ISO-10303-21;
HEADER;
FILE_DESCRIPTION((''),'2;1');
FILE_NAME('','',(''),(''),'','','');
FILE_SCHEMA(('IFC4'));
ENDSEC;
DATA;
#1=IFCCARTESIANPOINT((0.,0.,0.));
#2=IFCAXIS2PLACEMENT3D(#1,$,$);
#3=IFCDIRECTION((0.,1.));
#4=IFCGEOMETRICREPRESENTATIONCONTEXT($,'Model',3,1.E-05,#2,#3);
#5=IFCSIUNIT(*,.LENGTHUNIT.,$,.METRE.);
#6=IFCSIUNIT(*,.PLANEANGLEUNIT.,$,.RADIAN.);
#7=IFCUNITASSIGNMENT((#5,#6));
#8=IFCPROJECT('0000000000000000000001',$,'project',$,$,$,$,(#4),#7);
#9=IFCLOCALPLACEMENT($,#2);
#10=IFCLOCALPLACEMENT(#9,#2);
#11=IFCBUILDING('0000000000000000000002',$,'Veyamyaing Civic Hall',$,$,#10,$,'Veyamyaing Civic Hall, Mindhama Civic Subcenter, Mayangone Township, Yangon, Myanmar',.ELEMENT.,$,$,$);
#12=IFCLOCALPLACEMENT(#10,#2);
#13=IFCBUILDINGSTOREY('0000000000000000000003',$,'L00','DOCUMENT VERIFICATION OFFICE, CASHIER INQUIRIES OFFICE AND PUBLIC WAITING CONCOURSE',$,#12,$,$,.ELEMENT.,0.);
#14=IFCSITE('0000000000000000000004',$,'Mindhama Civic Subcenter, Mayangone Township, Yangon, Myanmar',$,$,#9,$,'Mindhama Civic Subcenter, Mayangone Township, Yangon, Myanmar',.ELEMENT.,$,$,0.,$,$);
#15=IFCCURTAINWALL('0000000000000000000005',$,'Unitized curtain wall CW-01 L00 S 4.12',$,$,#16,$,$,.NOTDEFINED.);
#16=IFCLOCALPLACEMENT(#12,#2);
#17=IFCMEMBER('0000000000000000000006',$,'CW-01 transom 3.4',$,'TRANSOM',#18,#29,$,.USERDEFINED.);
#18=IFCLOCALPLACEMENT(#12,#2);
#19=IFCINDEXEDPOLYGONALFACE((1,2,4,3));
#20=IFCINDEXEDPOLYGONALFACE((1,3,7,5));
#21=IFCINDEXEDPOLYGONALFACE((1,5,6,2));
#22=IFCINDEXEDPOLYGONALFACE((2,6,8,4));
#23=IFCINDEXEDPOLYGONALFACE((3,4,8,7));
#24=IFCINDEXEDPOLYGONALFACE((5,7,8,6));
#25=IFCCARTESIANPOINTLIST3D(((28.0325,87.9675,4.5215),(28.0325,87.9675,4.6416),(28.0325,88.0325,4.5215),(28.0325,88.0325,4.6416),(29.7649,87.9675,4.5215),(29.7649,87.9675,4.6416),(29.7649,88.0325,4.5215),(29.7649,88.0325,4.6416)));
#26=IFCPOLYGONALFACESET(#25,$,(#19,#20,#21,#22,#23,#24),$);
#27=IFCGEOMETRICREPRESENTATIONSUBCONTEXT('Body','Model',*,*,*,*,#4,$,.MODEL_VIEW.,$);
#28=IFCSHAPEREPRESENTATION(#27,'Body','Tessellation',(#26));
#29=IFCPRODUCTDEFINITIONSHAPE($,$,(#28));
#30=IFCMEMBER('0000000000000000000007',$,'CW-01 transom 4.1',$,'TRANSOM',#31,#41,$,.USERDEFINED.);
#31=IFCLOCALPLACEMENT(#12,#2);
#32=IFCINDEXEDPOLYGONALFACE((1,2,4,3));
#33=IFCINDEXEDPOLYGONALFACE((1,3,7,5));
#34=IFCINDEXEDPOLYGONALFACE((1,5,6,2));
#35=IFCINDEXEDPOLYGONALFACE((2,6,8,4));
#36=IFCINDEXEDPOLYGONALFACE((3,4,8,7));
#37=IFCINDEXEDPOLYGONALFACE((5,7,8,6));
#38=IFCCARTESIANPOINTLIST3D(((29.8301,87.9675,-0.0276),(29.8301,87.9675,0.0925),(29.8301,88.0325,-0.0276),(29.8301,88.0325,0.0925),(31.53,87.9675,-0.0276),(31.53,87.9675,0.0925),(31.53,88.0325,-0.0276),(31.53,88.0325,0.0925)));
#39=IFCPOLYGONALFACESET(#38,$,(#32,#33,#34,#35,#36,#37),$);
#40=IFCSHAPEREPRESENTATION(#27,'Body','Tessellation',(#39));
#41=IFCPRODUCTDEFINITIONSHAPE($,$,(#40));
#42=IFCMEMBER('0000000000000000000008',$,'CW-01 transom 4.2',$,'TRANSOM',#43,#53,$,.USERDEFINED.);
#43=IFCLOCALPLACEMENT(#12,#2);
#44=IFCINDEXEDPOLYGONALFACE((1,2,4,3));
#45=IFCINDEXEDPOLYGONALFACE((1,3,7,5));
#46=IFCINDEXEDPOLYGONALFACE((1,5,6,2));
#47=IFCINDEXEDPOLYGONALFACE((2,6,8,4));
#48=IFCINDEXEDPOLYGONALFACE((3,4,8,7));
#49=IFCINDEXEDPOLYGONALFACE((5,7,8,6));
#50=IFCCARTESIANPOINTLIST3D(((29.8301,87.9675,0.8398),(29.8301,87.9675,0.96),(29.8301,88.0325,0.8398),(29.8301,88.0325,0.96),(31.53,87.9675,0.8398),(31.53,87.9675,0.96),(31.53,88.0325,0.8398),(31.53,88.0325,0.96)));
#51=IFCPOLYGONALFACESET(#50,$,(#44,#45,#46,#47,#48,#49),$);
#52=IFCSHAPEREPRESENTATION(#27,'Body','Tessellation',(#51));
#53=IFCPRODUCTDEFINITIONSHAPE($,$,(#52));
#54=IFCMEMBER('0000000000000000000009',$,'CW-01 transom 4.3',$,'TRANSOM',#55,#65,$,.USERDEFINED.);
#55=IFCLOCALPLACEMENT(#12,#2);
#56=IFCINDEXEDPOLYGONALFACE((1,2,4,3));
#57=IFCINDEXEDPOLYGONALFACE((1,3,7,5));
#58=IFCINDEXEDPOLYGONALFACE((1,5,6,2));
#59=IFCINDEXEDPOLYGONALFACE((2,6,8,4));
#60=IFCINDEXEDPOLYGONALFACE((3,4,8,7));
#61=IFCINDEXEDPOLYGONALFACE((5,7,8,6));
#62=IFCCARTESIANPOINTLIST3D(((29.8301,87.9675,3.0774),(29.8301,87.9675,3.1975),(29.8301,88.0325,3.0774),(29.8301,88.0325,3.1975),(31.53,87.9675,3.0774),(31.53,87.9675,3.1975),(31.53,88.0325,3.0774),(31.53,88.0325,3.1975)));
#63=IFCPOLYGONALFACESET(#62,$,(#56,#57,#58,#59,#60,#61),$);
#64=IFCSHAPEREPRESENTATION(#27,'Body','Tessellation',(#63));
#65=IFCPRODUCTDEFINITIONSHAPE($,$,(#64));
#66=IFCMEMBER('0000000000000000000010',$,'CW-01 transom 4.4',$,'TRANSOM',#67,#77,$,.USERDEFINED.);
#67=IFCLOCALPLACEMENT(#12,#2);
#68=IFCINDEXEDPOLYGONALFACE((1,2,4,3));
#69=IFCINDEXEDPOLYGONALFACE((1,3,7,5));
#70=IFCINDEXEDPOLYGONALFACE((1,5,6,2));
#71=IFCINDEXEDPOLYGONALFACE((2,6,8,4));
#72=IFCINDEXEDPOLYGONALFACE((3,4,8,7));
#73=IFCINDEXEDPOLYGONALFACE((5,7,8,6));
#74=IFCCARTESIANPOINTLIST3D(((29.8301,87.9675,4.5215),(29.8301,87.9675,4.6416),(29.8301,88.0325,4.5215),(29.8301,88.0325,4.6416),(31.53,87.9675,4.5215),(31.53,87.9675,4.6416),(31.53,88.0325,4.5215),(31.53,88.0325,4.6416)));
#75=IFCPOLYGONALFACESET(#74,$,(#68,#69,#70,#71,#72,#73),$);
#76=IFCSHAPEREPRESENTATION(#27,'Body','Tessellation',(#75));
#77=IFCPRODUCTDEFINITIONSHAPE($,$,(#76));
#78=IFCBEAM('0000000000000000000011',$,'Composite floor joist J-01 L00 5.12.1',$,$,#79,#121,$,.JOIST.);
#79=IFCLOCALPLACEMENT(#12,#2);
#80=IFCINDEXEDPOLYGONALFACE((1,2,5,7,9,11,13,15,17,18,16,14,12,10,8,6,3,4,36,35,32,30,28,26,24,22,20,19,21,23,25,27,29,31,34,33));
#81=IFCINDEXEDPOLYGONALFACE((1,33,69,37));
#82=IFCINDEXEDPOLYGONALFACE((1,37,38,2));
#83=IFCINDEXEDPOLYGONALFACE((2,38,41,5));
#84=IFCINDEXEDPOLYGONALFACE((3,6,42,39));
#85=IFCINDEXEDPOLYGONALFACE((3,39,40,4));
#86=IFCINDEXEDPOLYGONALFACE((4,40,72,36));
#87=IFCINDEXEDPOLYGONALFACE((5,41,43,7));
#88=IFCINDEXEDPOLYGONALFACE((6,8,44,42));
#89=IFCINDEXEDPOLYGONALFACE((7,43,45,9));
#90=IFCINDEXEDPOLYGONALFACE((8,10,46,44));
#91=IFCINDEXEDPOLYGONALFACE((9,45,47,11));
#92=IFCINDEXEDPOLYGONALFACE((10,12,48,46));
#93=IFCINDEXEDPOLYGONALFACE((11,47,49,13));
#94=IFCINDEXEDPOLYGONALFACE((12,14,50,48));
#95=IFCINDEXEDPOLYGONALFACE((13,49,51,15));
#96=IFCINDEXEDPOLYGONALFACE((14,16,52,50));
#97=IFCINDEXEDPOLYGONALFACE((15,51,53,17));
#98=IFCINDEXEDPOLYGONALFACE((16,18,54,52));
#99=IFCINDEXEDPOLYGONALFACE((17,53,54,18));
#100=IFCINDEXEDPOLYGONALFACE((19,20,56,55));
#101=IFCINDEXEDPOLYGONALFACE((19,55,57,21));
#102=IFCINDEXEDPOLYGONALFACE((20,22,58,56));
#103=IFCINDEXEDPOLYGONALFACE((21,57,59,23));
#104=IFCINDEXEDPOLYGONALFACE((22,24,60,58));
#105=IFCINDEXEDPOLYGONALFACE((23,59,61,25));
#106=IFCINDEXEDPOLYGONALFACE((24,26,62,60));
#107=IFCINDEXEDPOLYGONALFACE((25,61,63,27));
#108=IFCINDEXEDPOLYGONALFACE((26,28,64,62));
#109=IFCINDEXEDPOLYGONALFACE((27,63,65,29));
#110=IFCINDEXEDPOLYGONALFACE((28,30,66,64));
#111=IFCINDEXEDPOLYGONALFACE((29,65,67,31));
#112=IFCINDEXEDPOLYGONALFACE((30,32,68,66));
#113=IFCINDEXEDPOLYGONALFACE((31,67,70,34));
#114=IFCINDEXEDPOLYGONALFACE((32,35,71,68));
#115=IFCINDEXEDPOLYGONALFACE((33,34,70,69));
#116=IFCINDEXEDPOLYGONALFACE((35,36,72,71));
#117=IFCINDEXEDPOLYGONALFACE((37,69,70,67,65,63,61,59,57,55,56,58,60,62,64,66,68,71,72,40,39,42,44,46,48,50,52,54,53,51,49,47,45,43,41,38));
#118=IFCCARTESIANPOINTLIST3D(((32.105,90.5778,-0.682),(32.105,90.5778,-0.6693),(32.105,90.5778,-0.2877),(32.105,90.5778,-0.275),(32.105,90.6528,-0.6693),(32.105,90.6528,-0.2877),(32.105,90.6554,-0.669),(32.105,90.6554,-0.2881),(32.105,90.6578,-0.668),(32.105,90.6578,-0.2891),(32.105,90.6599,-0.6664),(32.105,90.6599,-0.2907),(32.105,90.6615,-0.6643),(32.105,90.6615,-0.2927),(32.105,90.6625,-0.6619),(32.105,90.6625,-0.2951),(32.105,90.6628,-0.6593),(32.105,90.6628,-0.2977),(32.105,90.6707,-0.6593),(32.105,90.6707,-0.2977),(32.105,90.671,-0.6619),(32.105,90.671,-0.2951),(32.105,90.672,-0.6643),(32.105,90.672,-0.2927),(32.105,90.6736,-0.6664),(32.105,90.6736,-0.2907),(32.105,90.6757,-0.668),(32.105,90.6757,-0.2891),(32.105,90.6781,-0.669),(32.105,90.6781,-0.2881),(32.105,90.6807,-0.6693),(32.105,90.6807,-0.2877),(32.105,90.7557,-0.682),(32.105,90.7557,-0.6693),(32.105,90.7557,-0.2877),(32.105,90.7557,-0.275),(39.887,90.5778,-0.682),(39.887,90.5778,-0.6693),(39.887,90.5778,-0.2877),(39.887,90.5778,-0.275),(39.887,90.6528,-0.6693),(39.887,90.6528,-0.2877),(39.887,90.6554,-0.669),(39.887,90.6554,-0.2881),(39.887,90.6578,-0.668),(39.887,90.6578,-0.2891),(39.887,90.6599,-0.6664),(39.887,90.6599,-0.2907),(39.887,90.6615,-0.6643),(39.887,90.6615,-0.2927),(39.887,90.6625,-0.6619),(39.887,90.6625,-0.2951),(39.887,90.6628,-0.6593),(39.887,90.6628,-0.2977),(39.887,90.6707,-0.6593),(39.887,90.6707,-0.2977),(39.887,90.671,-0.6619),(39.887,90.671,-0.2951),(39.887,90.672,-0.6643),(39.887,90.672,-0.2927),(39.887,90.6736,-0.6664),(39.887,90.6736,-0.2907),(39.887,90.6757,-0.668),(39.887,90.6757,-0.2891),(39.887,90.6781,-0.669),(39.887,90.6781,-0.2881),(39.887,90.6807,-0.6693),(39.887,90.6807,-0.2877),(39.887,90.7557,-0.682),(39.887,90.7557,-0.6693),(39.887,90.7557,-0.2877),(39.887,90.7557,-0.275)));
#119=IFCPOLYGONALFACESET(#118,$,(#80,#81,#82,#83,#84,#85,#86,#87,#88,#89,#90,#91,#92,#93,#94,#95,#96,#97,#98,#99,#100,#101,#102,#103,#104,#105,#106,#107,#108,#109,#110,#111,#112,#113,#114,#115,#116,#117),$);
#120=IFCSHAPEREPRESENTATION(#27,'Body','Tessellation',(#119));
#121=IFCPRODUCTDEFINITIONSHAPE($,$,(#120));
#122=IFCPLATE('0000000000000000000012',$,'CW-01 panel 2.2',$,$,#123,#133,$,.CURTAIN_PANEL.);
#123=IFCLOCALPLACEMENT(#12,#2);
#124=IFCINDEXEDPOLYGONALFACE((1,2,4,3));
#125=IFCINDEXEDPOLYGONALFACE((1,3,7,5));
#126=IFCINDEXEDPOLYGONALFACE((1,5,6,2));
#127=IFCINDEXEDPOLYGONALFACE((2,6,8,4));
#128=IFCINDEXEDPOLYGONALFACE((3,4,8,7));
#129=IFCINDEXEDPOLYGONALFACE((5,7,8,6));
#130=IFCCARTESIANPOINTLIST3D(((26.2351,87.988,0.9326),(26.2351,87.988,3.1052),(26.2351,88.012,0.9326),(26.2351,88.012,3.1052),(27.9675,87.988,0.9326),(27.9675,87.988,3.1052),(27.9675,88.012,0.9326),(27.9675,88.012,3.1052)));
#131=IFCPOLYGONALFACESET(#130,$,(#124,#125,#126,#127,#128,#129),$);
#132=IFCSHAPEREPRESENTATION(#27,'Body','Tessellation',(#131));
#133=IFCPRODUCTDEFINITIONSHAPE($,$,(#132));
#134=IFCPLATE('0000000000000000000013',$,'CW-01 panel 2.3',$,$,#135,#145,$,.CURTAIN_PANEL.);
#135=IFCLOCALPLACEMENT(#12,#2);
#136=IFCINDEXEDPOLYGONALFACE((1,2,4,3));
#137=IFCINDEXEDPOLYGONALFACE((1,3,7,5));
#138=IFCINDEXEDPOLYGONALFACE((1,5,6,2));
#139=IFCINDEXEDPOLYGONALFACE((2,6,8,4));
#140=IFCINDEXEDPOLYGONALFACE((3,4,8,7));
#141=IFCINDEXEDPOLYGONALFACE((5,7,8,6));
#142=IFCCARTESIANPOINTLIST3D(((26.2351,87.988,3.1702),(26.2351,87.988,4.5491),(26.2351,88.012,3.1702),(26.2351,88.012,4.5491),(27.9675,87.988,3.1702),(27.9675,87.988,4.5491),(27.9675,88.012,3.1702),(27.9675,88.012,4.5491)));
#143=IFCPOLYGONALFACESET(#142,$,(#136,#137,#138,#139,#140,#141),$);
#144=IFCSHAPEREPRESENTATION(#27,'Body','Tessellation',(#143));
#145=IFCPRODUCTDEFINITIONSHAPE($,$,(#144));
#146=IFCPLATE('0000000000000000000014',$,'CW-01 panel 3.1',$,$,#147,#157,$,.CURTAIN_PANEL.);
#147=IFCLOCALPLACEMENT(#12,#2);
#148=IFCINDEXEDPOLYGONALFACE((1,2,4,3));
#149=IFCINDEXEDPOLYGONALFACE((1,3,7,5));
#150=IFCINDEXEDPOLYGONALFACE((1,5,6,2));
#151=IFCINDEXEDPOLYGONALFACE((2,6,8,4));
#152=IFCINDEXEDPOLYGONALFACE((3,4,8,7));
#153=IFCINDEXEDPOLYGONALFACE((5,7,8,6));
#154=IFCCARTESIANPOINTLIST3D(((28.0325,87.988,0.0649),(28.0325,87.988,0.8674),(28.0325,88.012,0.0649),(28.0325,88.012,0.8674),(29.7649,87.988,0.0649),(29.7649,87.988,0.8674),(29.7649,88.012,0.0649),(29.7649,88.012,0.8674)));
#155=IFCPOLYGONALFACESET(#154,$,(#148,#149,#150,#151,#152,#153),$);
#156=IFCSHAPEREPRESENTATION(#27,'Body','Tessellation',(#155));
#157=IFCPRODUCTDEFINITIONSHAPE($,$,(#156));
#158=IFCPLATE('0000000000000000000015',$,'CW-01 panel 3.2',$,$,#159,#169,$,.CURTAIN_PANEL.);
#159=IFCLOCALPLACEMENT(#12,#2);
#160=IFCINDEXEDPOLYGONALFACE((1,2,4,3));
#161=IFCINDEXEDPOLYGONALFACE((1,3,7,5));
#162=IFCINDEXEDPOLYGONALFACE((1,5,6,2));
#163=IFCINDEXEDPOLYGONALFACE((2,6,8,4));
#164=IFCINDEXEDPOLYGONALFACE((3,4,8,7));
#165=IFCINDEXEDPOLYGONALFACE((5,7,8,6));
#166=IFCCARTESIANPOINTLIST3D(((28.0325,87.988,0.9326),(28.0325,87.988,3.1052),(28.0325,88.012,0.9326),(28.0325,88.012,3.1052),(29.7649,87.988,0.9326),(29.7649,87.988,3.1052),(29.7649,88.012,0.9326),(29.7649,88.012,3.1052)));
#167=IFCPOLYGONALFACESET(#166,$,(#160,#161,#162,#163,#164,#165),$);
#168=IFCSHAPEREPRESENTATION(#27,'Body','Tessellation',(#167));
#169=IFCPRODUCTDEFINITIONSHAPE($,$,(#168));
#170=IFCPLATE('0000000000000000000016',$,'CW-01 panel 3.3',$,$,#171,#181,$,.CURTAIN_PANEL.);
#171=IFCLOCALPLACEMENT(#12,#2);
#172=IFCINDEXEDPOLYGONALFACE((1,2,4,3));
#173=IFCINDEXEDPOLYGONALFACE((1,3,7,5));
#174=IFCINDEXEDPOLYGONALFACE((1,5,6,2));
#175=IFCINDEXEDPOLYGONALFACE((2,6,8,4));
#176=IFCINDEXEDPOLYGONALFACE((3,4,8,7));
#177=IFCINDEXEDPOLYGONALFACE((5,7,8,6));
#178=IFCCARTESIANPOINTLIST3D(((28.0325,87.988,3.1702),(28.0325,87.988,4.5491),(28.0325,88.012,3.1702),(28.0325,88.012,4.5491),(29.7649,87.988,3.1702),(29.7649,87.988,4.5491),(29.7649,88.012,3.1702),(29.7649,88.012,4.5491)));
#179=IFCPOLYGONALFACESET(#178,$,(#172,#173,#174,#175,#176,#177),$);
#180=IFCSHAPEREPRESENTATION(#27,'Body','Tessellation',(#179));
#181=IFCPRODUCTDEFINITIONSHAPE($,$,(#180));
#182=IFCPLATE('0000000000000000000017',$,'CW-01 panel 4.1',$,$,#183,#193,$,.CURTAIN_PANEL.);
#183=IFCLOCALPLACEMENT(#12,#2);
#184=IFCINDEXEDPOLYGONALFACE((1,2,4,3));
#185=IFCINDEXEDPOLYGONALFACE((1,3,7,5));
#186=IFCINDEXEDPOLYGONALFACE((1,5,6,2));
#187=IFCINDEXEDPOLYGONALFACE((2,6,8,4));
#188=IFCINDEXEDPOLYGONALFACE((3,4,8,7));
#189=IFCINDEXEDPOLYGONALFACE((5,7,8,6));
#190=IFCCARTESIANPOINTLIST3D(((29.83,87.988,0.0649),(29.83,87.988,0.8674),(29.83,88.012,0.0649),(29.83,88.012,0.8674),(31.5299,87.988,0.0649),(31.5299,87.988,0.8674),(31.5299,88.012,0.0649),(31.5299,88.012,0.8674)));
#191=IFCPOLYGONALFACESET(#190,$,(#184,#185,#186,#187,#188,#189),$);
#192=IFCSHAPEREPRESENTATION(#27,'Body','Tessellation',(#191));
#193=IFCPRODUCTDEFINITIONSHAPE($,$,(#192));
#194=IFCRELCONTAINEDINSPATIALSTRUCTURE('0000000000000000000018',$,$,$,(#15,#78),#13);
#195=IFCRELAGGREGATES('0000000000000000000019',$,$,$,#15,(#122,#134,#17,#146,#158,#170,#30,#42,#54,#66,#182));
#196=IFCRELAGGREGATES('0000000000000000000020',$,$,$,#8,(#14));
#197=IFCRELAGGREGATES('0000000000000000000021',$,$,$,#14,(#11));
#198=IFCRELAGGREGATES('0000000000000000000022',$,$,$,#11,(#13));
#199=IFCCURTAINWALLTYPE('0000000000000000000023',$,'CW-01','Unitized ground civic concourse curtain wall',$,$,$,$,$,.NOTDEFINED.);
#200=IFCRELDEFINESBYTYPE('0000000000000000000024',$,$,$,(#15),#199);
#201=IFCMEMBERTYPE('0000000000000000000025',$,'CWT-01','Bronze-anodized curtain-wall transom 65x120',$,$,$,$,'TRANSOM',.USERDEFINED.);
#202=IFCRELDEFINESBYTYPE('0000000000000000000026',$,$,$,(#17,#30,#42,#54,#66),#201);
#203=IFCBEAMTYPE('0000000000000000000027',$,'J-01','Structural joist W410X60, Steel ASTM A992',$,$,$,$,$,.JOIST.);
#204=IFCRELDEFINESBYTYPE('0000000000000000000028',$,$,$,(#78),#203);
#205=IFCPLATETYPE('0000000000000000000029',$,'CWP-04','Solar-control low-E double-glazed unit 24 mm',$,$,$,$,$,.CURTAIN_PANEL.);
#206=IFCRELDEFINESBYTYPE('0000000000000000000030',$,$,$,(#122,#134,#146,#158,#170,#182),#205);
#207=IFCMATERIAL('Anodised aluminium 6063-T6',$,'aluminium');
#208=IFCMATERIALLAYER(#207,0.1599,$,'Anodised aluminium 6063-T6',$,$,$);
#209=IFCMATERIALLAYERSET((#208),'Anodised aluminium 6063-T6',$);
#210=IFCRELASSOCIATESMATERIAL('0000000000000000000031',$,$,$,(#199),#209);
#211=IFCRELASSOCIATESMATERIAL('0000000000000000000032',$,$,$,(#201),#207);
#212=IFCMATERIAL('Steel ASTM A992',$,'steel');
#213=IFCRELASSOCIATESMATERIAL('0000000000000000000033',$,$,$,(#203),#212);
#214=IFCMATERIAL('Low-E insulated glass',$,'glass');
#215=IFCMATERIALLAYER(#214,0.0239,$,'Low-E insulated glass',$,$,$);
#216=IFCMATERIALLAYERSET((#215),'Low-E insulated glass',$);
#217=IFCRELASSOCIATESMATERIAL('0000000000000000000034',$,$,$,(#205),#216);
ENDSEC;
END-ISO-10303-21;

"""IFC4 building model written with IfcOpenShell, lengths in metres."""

from ifc_helpers import new_model, si_unit, direction, frame, origin, origin_2d, place, context, subcontext, project, spatial, rectangle, i_section, extrude, material, layer, layer_set, material_profile, profile_set, type_object, element, aggregate, save


model = new_model("IFC4")

# Units and contexts
model_context = context("Model", 3, precision=1e-05, world=origin(), true_north=direction((0.0, 1.0)))
body_context = subcontext(model_context, "Body", "Model", "MODEL_VIEW")
ifc_project = project(units=[si_unit("LENGTHUNIT", "METRE"), si_unit("PLANEANGLEUNIT", "RADIAN")], contexts=[model_context])

# Site, building, storey
site_placement = place(None, origin())
site = spatial("IfcSite", under=ifc_project, at=site_placement, Name="Mindhama Civic Subcenter, Mayangone Township, Yangon, Myanmar", LongName="Mindhama Civic Subcenter, Mayangone Township, Yangon, Myanmar", CompositionType="ELEMENT", RefElevation=0.0)
building_placement = place(site_placement, origin())
building = spatial("IfcBuilding", under=site, at=building_placement, Name="Veyamyaing Civic Hall", LongName="Veyamyaing Civic Hall, Mindhama Civic Subcenter, Mayangone Township, Yangon, Myanmar", CompositionType="ELEMENT")
storey_placement = place(building_placement, origin())
storey = spatial("IfcBuildingStorey", under=building, at=storey_placement, Name="L00", Description="DOCUMENT VERIFICATION OFFICE, CASHIER INQUIRIES OFFICE AND PUBLIC WAITING CONCOURSE", CompositionType="ELEMENT", Elevation=0.0)

# Shared definitions
ifc_material_1 = material(Name="Steel ASTM A992", Category="steel")

# Curtain wall, members
ifc_material_2 = material(Name="Anodised aluminium 6063-T6", Category="aluminium")
ifc_layer_1 = layer(ifc_material_2, 0.1599, Name="Anodised aluminium 6063-T6")
ifc_layer_set_1 = layer_set([ifc_layer_1], Name="Anodised aluminium 6063-T6")
curtain_wall_type = type_object("IfcCurtainWallType", Name="CW-01", Description="Unitized ground civic concourse curtain wall", PredefinedType="NOTDEFINED", material=ifc_layer_set_1)
curtain_wall_placement = place(storey_placement, origin())
curtain_wall = element("IfcCurtainWall", 1, at=curtain_wall_placement, inside=storey, type_object=curtain_wall_type, Name="Unitized curtain wall CW-01 L00 S 4.12", PredefinedType="NOTDEFINED")
ifc_material_profile_1 = material_profile(ifc_material_2, rectangle(XDim=0.0649, YDim=0.1201, at=origin_2d()), Name="ALU-TRN-65X120")
ifc_profile_set_1 = profile_set([ifc_material_profile_1], Name="Anodised aluminium 6063-T6")
member_type_1 = type_object("IfcMemberType", Name="CWT-01", Description="Bronze-anodized curtain-wall transom 65x120", ElementType="TRANSOM", PredefinedType="USERDEFINED", material=ifc_profile_set_1)
member_1_placement = place(storey_placement, frame((28.0325, 88.0, 4.5815), z_axis=(1.0, 0.0, 0.0), x_axis=(0.0, 1.0, 0.0)))
member_1 = element("IfcMember", 2, at=member_1_placement, type_object=member_type_1, Name="CW-01 transom 3.4", ObjectType="TRANSOM", PredefinedType="USERDEFINED", context=body_context, shape_type="SweptSolid", body=[
    extrude(rectangle(XDim=0.0649, YDim=0.1201, at=origin_2d()), origin(), (0.0, 0.0, 1.0), 1.7324),
])
member_2_placement = place(storey_placement, frame((29.8301, 88.0, 0.0325), z_axis=(1.0, 0.0, 0.0), x_axis=(0.0, 1.0, 0.0)))
member_2 = element("IfcMember", 3, at=member_2_placement, type_object=member_type_1, Name="CW-01 transom 4.1", ObjectType="TRANSOM", PredefinedType="USERDEFINED", context=body_context, shape_type="SweptSolid", body=[
    extrude(rectangle(XDim=0.0649, YDim=0.1201, at=origin_2d()), origin(), (0.0, 0.0, 1.0), 1.7),
])
member_3_placement = place(storey_placement, frame((29.8301, 88.0, 0.8999), z_axis=(1.0, 0.0, 0.0), x_axis=(0.0, 1.0, 0.0)))
member_3 = element("IfcMember", 4, at=member_3_placement, type_object=member_type_1, Name="CW-01 transom 4.2", ObjectType="TRANSOM", PredefinedType="USERDEFINED", context=body_context, shape_type="SweptSolid", body=[
    extrude(rectangle(XDim=0.0649, YDim=0.1201, at=origin_2d()), origin(), (0.0, 0.0, 1.0), 1.7),
])
member_4_placement = place(storey_placement, frame((29.8301, 88.0, 3.1375), z_axis=(1.0, 0.0, 0.0), x_axis=(0.0, 1.0, 0.0)))
member_4 = element("IfcMember", 5, at=member_4_placement, type_object=member_type_1, Name="CW-01 transom 4.3", ObjectType="TRANSOM", PredefinedType="USERDEFINED", context=body_context, shape_type="SweptSolid", body=[
    extrude(rectangle(XDim=0.0649, YDim=0.1201, at=origin_2d()), origin(), (0.0, 0.0, 1.0), 1.7),
])
member_5_placement = place(storey_placement, frame((29.8301, 88.0, 4.5815), z_axis=(1.0, 0.0, 0.0), x_axis=(0.0, 1.0, 0.0)))
member_5 = element("IfcMember", 6, at=member_5_placement, type_object=member_type_1, Name="CW-01 transom 4.4", ObjectType="TRANSOM", PredefinedType="USERDEFINED", context=body_context, shape_type="SweptSolid", body=[
    extrude(rectangle(XDim=0.0649, YDim=0.1201, at=origin_2d()), origin(), (0.0, 0.0, 1.0), 1.7),
])

# Beam
ifc_material_profile_2 = material_profile(ifc_material_1, i_section(OverallWidth=0.178, OverallDepth=0.407, WebThickness=0.0078, FlangeThickness=0.0127, FilletRadius=0.01, at=origin_2d()), Name="W410X60")
ifc_profile_set_2 = profile_set([ifc_material_profile_2], Name="Steel ASTM A992")
beam_type_1 = type_object("IfcBeamType", Name="J-01", Description="Structural joist W410X60, Steel ASTM A992", PredefinedType="JOIST", material=ifc_profile_set_2)
beam_1_placement = place(storey_placement, frame((32.105, 90.6667, -0.4785), z_axis=(1.0, 0.0, 0.0), x_axis=(0.0, 1.0, 0.0)))
element("IfcBeam", 7, at=beam_1_placement, inside=storey, type_object=beam_type_1, Name="Composite floor joist J-01 L00 5.12.1", PredefinedType="JOIST", context=body_context, shape_type="SweptSolid", body=[
    extrude(i_section(OverallWidth=0.178, OverallDepth=0.407, WebThickness=0.0078, FlangeThickness=0.0127, FilletRadius=0.01, at=origin_2d()), origin(), (0.0, 0.0, 1.0), 7.782),
])

# Plates
ifc_material_3 = material(Name="Low-E insulated glass", Category="glass")
ifc_layer_2 = layer(ifc_material_3, 0.0239, Name="Low-E insulated glass")
ifc_layer_set_2 = layer_set([ifc_layer_2], Name="Low-E insulated glass")
plate_type = type_object("IfcPlateType", Name="CWP-04", Description="Solar-control low-E double-glazed unit 24 mm", PredefinedType="CURTAIN_PANEL", material=ifc_layer_set_2)
plate_1_placement = place(storey_placement, frame((27.1013, 88.0, 0.9326), z_axis=(0.0, 0.0, 1.0), x_axis=(1.0, 0.0, 0.0)))
plate_1 = element("IfcPlate", 8, at=plate_1_placement, type_object=plate_type, Name="CW-01 panel 2.2", PredefinedType="CURTAIN_PANEL", context=body_context, shape_type="SweptSolid", body=[
    extrude(rectangle(XDim=1.7324, YDim=0.0239, at=origin_2d()), origin(), (0.0, 0.0, 1.0), 2.1726),
])
plate_2_placement = place(storey_placement, frame((27.1013, 88.0, 3.1702), z_axis=(0.0, 0.0, 1.0), x_axis=(1.0, 0.0, 0.0)))
plate_2 = element("IfcPlate", 9, at=plate_2_placement, type_object=plate_type, Name="CW-01 panel 2.3", PredefinedType="CURTAIN_PANEL", context=body_context, shape_type="SweptSolid", body=[
    extrude(rectangle(XDim=1.7324, YDim=0.0239, at=origin_2d()), origin(), (0.0, 0.0, 1.0), 1.3789),
])
plate_3_placement = place(storey_placement, frame((28.8987, 88.0, 0.0649), z_axis=(0.0, 0.0, 1.0), x_axis=(1.0, 0.0, 0.0)))
plate_3 = element("IfcPlate", 10, at=plate_3_placement, type_object=plate_type, Name="CW-01 panel 3.1", PredefinedType="CURTAIN_PANEL", context=body_context, shape_type="SweptSolid", body=[
    extrude(rectangle(XDim=1.7324, YDim=0.0239, at=origin_2d()), origin(), (0.0, 0.0, 1.0), 0.8025),
])
plate_4_placement = place(storey_placement, frame((28.8987, 88.0, 0.9326), z_axis=(0.0, 0.0, 1.0), x_axis=(1.0, 0.0, 0.0)))
plate_4 = element("IfcPlate", 11, at=plate_4_placement, type_object=plate_type, Name="CW-01 panel 3.2", PredefinedType="CURTAIN_PANEL", context=body_context, shape_type="SweptSolid", body=[
    extrude(rectangle(XDim=1.7324, YDim=0.0239, at=origin_2d()), origin(), (0.0, 0.0, 1.0), 2.1726),
])
plate_5_placement = place(storey_placement, frame((28.8987, 88.0, 3.1702), z_axis=(0.0, 0.0, 1.0), x_axis=(1.0, 0.0, 0.0)))
plate_5 = element("IfcPlate", 12, at=plate_5_placement, type_object=plate_type, Name="CW-01 panel 3.3", PredefinedType="CURTAIN_PANEL", context=body_context, shape_type="SweptSolid", body=[
    extrude(rectangle(XDim=1.7324, YDim=0.0239, at=origin_2d()), origin(), (0.0, 0.0, 1.0), 1.3789),
])
plate_6_placement = place(storey_placement, frame((30.6799, 88.0, 0.0649), z_axis=(0.0, 0.0, 1.0), x_axis=(1.0, 0.0, 0.0)))
plate_6 = element("IfcPlate", 13, at=plate_6_placement, type_object=plate_type, Name="CW-01 panel 4.1", PredefinedType="CURTAIN_PANEL", context=body_context, shape_type="SweptSolid", body=[
    extrude(rectangle(XDim=1.7, YDim=0.0239, at=origin_2d()), origin(), (0.0, 0.0, 1.0), 0.8025),
])
aggregate(curtain_wall, [plate_1, plate_2, member_1, plate_3, plate_4, plate_5, member_2, member_3, member_4, member_5, plate_6])

save(model, "model.ifc")
